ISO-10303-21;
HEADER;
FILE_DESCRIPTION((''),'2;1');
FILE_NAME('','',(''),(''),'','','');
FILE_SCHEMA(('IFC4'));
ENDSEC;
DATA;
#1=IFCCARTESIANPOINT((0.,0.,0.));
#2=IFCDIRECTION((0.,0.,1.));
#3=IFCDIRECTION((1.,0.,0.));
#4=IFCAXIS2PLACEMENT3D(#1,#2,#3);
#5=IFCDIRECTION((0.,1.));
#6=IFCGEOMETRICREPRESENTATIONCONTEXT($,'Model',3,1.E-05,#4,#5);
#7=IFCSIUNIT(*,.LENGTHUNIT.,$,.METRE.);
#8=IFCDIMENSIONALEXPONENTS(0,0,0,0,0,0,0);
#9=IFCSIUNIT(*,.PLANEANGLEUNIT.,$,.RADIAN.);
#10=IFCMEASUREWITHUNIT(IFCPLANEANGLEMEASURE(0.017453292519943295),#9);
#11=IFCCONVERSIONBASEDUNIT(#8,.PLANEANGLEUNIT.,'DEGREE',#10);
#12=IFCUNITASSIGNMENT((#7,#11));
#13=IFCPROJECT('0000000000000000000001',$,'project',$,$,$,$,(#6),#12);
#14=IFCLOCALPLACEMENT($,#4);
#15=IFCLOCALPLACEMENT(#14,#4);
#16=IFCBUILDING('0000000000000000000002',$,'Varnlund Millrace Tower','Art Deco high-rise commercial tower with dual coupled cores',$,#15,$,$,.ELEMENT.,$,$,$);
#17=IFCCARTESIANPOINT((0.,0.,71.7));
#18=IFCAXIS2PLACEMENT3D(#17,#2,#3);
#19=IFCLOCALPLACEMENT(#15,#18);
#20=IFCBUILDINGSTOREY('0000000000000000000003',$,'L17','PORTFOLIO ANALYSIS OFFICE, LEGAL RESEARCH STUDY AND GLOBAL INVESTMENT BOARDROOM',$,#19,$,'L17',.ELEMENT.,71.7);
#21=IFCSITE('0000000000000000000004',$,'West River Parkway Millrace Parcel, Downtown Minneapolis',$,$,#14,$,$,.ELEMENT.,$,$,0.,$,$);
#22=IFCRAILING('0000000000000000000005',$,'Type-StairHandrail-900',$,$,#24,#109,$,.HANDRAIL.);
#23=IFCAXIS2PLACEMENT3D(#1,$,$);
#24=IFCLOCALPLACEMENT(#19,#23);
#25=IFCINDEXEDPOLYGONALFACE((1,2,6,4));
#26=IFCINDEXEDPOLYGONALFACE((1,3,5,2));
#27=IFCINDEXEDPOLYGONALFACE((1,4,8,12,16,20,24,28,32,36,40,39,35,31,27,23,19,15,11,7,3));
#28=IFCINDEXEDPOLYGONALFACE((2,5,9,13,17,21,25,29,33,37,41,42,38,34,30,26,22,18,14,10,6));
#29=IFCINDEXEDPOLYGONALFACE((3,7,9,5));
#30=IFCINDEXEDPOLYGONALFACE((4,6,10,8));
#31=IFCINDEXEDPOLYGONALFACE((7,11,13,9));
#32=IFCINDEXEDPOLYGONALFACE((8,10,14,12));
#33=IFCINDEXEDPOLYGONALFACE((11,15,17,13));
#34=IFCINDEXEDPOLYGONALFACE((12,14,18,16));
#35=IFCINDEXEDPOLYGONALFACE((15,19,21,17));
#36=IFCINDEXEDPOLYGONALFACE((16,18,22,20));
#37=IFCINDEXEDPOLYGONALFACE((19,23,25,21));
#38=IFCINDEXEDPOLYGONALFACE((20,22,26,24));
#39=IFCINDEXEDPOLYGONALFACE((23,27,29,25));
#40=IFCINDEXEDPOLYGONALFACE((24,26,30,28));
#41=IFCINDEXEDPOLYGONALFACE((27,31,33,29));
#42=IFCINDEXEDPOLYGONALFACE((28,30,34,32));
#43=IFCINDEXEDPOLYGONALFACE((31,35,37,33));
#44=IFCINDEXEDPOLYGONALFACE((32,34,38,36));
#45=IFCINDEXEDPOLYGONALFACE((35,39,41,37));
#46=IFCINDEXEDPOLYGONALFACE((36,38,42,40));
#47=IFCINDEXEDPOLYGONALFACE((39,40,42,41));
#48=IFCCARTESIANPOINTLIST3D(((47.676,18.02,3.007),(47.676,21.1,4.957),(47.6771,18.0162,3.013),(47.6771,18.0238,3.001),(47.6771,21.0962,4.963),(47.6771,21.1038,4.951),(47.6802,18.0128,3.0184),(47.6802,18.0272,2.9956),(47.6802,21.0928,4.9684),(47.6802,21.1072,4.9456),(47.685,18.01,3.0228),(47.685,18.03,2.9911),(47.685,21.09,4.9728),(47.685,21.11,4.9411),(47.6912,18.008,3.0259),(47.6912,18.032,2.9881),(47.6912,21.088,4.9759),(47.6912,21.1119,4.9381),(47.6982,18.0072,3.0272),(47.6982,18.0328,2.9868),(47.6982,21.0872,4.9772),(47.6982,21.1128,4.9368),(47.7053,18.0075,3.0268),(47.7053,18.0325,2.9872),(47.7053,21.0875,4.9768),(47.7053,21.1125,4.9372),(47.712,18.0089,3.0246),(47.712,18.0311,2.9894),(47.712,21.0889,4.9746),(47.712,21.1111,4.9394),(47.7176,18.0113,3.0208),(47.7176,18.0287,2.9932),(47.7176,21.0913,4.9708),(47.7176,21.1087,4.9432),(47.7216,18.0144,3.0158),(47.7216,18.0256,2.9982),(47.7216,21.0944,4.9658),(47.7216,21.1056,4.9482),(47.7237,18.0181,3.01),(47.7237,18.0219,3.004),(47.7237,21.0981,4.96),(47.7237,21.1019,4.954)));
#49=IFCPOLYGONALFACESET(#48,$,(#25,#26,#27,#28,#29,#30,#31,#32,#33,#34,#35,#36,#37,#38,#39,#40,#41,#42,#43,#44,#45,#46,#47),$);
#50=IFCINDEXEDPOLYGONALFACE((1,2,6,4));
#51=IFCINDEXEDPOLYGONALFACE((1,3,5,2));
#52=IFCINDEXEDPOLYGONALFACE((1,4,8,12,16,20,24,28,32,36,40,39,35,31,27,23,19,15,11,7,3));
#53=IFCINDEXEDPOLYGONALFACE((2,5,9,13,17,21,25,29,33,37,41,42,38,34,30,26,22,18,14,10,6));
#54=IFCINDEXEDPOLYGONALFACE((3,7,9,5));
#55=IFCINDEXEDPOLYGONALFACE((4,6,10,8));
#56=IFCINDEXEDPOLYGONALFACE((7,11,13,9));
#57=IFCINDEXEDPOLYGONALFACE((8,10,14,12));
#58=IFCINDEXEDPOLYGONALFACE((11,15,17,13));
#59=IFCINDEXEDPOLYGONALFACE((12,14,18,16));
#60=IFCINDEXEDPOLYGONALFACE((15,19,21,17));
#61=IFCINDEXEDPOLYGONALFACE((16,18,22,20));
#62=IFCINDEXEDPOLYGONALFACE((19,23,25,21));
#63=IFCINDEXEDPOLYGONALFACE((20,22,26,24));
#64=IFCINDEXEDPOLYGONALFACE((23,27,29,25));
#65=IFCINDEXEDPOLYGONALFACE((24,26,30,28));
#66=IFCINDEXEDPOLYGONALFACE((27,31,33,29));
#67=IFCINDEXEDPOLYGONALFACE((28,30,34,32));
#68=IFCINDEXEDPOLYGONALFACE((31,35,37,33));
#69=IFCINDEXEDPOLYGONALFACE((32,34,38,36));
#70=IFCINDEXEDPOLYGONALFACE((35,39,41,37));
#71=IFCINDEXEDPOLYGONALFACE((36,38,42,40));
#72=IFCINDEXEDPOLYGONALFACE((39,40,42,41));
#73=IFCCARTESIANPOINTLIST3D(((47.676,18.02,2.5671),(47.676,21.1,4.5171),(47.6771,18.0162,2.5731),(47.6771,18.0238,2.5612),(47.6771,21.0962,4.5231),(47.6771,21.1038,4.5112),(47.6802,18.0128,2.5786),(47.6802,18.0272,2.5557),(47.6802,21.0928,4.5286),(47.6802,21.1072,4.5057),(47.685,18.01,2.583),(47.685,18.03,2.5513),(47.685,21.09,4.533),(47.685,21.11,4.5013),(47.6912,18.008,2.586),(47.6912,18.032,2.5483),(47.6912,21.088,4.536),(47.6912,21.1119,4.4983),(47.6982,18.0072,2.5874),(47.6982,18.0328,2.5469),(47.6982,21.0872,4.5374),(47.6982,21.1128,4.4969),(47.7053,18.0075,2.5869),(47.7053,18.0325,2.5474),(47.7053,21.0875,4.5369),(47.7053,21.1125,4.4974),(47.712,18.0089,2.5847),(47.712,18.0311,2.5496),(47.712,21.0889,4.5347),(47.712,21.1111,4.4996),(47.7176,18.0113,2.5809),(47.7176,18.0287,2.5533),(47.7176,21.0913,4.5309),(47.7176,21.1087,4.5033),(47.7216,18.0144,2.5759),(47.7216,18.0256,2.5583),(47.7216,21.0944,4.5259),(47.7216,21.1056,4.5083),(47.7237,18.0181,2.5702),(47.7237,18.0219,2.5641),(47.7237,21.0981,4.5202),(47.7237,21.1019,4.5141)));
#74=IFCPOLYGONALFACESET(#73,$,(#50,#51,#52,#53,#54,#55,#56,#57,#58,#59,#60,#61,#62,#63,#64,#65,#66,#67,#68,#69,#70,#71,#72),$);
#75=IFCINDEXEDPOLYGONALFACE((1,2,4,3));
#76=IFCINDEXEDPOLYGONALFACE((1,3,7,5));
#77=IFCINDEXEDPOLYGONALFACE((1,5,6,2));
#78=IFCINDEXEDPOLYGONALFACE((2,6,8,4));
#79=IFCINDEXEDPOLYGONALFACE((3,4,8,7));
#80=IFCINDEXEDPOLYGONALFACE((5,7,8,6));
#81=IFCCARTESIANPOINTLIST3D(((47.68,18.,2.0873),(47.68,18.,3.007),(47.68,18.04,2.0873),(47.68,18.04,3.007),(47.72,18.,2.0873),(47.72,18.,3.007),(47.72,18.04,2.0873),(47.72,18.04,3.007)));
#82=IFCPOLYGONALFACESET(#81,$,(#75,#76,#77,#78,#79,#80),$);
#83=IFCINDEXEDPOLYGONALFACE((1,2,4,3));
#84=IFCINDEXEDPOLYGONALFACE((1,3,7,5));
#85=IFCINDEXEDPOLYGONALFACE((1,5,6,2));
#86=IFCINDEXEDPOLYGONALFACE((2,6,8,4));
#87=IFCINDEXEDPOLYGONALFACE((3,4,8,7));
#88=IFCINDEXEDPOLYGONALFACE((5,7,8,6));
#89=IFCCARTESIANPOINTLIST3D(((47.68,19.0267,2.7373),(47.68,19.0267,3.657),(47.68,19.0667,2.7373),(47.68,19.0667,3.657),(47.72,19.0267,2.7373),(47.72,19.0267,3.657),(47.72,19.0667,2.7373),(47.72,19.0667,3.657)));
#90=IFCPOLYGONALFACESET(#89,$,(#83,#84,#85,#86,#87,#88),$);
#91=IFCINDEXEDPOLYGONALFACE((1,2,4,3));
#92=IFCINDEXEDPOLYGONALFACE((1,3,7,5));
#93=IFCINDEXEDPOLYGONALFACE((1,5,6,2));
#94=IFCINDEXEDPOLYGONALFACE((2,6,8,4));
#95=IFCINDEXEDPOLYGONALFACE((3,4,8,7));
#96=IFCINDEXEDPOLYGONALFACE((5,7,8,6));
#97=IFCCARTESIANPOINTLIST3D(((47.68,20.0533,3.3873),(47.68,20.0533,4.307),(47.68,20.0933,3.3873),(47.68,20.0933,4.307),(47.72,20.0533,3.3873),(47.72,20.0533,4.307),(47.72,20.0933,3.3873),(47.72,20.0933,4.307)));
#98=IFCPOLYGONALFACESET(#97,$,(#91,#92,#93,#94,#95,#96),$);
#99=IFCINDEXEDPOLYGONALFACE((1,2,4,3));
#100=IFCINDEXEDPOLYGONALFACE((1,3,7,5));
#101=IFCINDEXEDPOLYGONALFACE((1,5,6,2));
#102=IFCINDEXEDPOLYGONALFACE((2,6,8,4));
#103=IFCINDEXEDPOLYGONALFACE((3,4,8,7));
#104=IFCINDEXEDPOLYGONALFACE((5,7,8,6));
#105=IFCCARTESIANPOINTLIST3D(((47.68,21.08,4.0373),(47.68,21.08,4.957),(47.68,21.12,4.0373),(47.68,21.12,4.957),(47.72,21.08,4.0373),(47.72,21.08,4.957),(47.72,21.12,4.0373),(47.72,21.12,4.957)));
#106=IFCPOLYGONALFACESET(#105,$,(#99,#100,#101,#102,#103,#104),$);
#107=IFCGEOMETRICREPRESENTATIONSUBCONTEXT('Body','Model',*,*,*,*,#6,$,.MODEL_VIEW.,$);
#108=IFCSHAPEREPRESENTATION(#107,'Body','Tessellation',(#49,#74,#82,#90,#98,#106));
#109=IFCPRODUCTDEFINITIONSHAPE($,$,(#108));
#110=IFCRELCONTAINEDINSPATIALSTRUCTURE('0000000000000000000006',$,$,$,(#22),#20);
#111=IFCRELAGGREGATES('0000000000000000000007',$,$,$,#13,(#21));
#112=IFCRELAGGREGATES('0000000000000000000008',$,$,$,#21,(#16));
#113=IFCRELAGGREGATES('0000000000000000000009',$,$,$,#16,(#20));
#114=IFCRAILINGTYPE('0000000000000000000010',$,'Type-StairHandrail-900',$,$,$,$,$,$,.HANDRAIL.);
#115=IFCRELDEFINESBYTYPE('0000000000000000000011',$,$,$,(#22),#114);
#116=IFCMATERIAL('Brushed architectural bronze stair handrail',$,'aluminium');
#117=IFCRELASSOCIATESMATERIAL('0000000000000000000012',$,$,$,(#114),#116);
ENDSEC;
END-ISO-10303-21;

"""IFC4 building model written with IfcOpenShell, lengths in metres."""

from ifc_helpers import new_model, entity, si_unit, converted_unit, direction, frame, origin_with_axes, origin_2d_with_axis, place, context, subcontext, project, spatial, rectangle, circle, extrude, material, type_object, element, save


model = new_model("IFC4")

# Units and contexts
model_context = context("Model", 3, precision=1e-05, world=origin_with_axes(), true_north=direction((0.0, 1.0)))
body_context = subcontext(model_context, "Body", "Model", "MODEL_VIEW")
ifc_project = project(units=[si_unit("LENGTHUNIT", "METRE"), converted_unit("PLANEANGLEUNIT", "DEGREE", entity("IfcPlaneAngleMeasure", 0.017453292519943295), si_unit("PLANEANGLEUNIT", "RADIAN"), dimensions=[0, 0, 0, 0, 0, 0, 0])], contexts=[model_context])

# Site, building, storey
site_placement = place(None, origin_with_axes())
site = spatial("IfcSite", under=ifc_project, at=site_placement, Name="West River Parkway Millrace Parcel, Downtown Minneapolis", CompositionType="ELEMENT", RefElevation=0.0)
building_placement = place(site_placement, origin_with_axes())
building = spatial("IfcBuilding", under=site, at=building_placement, Name="Varnlund Millrace Tower", Description="Art Deco high-rise commercial tower with dual coupled cores", CompositionType="ELEMENT")
storey_placement = place(building_placement, frame((0.0, 0.0, 71.7), z_axis=(0.0, 0.0, 1.0), x_axis=(1.0, 0.0, 0.0)))
storey = spatial("IfcBuildingStorey", under=building, at=storey_placement, Name="L17", Description="PORTFOLIO ANALYSIS OFFICE, LEGAL RESEARCH STUDY AND GLOBAL INVESTMENT BOARDROOM", LongName="L17", CompositionType="ELEMENT", Elevation=71.7)

# Railing
ifc_material_1 = material(Name="Brushed architectural bronze stair handrail", Category="aluminium")
railing_type_1 = type_object("IfcRailingType", Name="Type-StairHandrail-900", PredefinedType="HANDRAIL", material=ifc_material_1)
railing_1_placement = place(storey_placement, frame((0.0, 0.0, -71.7), z_axis=(0.0, 0.0, 1.0), x_axis=(1.0, 0.0, 0.0)))
element("IfcRailing", 1, at=railing_1_placement, inside=storey, type_object=railing_type_1, Name="Type-StairHandrail-900", PredefinedType="HANDRAIL", context=body_context, shape_type="SweptSolid", body=[
    extrude(circle(Radius=0.024, at=origin_2d_with_axis()), frame((47.7, 18.02, 74.707), z_axis=(0.0, 0.844902, 0.534922), x_axis=(-1.0, 0.0, 0.0)), (0.0, 0.0, 1.0), 3.6454),
    extrude(circle(Radius=0.024, at=origin_2d_with_axis()), frame((47.7, 18.02, 74.2671), z_axis=(0.0, 0.844902, 0.534922), x_axis=(-1.0, 0.0, 0.0)), (0.0, 0.0, 1.0), 3.6454),
    extrude(rectangle(XDim=0.04, YDim=0.04, at=origin_2d_with_axis()), frame((47.7, 18.02, 73.7873), z_axis=(0.0, 0.0, 1.0), x_axis=(1.0, 0.0, 0.0)), (0.0, 0.0, 1.0), 0.9197),
    extrude(rectangle(XDim=0.04, YDim=0.04, at=origin_2d_with_axis()), frame((47.7, 19.0467, 74.4373), z_axis=(0.0, 0.0, 1.0), x_axis=(1.0, 0.0, 0.0)), (0.0, 0.0, 1.0), 0.9197),
    extrude(rectangle(XDim=0.04, YDim=0.04, at=origin_2d_with_axis()), frame((47.7, 20.0733, 75.0873), z_axis=(0.0, 0.0, 1.0), x_axis=(1.0, 0.0, 0.0)), (0.0, 0.0, 1.0), 0.9197),
    extrude(rectangle(XDim=0.04, YDim=0.04, at=origin_2d_with_axis()), frame((47.7, 21.1, 75.7373), z_axis=(0.0, 0.0, 1.0), x_axis=(1.0, 0.0, 0.0)), (0.0, 0.0, 1.0), 0.9197),
])

save(model, "model.ifc")
